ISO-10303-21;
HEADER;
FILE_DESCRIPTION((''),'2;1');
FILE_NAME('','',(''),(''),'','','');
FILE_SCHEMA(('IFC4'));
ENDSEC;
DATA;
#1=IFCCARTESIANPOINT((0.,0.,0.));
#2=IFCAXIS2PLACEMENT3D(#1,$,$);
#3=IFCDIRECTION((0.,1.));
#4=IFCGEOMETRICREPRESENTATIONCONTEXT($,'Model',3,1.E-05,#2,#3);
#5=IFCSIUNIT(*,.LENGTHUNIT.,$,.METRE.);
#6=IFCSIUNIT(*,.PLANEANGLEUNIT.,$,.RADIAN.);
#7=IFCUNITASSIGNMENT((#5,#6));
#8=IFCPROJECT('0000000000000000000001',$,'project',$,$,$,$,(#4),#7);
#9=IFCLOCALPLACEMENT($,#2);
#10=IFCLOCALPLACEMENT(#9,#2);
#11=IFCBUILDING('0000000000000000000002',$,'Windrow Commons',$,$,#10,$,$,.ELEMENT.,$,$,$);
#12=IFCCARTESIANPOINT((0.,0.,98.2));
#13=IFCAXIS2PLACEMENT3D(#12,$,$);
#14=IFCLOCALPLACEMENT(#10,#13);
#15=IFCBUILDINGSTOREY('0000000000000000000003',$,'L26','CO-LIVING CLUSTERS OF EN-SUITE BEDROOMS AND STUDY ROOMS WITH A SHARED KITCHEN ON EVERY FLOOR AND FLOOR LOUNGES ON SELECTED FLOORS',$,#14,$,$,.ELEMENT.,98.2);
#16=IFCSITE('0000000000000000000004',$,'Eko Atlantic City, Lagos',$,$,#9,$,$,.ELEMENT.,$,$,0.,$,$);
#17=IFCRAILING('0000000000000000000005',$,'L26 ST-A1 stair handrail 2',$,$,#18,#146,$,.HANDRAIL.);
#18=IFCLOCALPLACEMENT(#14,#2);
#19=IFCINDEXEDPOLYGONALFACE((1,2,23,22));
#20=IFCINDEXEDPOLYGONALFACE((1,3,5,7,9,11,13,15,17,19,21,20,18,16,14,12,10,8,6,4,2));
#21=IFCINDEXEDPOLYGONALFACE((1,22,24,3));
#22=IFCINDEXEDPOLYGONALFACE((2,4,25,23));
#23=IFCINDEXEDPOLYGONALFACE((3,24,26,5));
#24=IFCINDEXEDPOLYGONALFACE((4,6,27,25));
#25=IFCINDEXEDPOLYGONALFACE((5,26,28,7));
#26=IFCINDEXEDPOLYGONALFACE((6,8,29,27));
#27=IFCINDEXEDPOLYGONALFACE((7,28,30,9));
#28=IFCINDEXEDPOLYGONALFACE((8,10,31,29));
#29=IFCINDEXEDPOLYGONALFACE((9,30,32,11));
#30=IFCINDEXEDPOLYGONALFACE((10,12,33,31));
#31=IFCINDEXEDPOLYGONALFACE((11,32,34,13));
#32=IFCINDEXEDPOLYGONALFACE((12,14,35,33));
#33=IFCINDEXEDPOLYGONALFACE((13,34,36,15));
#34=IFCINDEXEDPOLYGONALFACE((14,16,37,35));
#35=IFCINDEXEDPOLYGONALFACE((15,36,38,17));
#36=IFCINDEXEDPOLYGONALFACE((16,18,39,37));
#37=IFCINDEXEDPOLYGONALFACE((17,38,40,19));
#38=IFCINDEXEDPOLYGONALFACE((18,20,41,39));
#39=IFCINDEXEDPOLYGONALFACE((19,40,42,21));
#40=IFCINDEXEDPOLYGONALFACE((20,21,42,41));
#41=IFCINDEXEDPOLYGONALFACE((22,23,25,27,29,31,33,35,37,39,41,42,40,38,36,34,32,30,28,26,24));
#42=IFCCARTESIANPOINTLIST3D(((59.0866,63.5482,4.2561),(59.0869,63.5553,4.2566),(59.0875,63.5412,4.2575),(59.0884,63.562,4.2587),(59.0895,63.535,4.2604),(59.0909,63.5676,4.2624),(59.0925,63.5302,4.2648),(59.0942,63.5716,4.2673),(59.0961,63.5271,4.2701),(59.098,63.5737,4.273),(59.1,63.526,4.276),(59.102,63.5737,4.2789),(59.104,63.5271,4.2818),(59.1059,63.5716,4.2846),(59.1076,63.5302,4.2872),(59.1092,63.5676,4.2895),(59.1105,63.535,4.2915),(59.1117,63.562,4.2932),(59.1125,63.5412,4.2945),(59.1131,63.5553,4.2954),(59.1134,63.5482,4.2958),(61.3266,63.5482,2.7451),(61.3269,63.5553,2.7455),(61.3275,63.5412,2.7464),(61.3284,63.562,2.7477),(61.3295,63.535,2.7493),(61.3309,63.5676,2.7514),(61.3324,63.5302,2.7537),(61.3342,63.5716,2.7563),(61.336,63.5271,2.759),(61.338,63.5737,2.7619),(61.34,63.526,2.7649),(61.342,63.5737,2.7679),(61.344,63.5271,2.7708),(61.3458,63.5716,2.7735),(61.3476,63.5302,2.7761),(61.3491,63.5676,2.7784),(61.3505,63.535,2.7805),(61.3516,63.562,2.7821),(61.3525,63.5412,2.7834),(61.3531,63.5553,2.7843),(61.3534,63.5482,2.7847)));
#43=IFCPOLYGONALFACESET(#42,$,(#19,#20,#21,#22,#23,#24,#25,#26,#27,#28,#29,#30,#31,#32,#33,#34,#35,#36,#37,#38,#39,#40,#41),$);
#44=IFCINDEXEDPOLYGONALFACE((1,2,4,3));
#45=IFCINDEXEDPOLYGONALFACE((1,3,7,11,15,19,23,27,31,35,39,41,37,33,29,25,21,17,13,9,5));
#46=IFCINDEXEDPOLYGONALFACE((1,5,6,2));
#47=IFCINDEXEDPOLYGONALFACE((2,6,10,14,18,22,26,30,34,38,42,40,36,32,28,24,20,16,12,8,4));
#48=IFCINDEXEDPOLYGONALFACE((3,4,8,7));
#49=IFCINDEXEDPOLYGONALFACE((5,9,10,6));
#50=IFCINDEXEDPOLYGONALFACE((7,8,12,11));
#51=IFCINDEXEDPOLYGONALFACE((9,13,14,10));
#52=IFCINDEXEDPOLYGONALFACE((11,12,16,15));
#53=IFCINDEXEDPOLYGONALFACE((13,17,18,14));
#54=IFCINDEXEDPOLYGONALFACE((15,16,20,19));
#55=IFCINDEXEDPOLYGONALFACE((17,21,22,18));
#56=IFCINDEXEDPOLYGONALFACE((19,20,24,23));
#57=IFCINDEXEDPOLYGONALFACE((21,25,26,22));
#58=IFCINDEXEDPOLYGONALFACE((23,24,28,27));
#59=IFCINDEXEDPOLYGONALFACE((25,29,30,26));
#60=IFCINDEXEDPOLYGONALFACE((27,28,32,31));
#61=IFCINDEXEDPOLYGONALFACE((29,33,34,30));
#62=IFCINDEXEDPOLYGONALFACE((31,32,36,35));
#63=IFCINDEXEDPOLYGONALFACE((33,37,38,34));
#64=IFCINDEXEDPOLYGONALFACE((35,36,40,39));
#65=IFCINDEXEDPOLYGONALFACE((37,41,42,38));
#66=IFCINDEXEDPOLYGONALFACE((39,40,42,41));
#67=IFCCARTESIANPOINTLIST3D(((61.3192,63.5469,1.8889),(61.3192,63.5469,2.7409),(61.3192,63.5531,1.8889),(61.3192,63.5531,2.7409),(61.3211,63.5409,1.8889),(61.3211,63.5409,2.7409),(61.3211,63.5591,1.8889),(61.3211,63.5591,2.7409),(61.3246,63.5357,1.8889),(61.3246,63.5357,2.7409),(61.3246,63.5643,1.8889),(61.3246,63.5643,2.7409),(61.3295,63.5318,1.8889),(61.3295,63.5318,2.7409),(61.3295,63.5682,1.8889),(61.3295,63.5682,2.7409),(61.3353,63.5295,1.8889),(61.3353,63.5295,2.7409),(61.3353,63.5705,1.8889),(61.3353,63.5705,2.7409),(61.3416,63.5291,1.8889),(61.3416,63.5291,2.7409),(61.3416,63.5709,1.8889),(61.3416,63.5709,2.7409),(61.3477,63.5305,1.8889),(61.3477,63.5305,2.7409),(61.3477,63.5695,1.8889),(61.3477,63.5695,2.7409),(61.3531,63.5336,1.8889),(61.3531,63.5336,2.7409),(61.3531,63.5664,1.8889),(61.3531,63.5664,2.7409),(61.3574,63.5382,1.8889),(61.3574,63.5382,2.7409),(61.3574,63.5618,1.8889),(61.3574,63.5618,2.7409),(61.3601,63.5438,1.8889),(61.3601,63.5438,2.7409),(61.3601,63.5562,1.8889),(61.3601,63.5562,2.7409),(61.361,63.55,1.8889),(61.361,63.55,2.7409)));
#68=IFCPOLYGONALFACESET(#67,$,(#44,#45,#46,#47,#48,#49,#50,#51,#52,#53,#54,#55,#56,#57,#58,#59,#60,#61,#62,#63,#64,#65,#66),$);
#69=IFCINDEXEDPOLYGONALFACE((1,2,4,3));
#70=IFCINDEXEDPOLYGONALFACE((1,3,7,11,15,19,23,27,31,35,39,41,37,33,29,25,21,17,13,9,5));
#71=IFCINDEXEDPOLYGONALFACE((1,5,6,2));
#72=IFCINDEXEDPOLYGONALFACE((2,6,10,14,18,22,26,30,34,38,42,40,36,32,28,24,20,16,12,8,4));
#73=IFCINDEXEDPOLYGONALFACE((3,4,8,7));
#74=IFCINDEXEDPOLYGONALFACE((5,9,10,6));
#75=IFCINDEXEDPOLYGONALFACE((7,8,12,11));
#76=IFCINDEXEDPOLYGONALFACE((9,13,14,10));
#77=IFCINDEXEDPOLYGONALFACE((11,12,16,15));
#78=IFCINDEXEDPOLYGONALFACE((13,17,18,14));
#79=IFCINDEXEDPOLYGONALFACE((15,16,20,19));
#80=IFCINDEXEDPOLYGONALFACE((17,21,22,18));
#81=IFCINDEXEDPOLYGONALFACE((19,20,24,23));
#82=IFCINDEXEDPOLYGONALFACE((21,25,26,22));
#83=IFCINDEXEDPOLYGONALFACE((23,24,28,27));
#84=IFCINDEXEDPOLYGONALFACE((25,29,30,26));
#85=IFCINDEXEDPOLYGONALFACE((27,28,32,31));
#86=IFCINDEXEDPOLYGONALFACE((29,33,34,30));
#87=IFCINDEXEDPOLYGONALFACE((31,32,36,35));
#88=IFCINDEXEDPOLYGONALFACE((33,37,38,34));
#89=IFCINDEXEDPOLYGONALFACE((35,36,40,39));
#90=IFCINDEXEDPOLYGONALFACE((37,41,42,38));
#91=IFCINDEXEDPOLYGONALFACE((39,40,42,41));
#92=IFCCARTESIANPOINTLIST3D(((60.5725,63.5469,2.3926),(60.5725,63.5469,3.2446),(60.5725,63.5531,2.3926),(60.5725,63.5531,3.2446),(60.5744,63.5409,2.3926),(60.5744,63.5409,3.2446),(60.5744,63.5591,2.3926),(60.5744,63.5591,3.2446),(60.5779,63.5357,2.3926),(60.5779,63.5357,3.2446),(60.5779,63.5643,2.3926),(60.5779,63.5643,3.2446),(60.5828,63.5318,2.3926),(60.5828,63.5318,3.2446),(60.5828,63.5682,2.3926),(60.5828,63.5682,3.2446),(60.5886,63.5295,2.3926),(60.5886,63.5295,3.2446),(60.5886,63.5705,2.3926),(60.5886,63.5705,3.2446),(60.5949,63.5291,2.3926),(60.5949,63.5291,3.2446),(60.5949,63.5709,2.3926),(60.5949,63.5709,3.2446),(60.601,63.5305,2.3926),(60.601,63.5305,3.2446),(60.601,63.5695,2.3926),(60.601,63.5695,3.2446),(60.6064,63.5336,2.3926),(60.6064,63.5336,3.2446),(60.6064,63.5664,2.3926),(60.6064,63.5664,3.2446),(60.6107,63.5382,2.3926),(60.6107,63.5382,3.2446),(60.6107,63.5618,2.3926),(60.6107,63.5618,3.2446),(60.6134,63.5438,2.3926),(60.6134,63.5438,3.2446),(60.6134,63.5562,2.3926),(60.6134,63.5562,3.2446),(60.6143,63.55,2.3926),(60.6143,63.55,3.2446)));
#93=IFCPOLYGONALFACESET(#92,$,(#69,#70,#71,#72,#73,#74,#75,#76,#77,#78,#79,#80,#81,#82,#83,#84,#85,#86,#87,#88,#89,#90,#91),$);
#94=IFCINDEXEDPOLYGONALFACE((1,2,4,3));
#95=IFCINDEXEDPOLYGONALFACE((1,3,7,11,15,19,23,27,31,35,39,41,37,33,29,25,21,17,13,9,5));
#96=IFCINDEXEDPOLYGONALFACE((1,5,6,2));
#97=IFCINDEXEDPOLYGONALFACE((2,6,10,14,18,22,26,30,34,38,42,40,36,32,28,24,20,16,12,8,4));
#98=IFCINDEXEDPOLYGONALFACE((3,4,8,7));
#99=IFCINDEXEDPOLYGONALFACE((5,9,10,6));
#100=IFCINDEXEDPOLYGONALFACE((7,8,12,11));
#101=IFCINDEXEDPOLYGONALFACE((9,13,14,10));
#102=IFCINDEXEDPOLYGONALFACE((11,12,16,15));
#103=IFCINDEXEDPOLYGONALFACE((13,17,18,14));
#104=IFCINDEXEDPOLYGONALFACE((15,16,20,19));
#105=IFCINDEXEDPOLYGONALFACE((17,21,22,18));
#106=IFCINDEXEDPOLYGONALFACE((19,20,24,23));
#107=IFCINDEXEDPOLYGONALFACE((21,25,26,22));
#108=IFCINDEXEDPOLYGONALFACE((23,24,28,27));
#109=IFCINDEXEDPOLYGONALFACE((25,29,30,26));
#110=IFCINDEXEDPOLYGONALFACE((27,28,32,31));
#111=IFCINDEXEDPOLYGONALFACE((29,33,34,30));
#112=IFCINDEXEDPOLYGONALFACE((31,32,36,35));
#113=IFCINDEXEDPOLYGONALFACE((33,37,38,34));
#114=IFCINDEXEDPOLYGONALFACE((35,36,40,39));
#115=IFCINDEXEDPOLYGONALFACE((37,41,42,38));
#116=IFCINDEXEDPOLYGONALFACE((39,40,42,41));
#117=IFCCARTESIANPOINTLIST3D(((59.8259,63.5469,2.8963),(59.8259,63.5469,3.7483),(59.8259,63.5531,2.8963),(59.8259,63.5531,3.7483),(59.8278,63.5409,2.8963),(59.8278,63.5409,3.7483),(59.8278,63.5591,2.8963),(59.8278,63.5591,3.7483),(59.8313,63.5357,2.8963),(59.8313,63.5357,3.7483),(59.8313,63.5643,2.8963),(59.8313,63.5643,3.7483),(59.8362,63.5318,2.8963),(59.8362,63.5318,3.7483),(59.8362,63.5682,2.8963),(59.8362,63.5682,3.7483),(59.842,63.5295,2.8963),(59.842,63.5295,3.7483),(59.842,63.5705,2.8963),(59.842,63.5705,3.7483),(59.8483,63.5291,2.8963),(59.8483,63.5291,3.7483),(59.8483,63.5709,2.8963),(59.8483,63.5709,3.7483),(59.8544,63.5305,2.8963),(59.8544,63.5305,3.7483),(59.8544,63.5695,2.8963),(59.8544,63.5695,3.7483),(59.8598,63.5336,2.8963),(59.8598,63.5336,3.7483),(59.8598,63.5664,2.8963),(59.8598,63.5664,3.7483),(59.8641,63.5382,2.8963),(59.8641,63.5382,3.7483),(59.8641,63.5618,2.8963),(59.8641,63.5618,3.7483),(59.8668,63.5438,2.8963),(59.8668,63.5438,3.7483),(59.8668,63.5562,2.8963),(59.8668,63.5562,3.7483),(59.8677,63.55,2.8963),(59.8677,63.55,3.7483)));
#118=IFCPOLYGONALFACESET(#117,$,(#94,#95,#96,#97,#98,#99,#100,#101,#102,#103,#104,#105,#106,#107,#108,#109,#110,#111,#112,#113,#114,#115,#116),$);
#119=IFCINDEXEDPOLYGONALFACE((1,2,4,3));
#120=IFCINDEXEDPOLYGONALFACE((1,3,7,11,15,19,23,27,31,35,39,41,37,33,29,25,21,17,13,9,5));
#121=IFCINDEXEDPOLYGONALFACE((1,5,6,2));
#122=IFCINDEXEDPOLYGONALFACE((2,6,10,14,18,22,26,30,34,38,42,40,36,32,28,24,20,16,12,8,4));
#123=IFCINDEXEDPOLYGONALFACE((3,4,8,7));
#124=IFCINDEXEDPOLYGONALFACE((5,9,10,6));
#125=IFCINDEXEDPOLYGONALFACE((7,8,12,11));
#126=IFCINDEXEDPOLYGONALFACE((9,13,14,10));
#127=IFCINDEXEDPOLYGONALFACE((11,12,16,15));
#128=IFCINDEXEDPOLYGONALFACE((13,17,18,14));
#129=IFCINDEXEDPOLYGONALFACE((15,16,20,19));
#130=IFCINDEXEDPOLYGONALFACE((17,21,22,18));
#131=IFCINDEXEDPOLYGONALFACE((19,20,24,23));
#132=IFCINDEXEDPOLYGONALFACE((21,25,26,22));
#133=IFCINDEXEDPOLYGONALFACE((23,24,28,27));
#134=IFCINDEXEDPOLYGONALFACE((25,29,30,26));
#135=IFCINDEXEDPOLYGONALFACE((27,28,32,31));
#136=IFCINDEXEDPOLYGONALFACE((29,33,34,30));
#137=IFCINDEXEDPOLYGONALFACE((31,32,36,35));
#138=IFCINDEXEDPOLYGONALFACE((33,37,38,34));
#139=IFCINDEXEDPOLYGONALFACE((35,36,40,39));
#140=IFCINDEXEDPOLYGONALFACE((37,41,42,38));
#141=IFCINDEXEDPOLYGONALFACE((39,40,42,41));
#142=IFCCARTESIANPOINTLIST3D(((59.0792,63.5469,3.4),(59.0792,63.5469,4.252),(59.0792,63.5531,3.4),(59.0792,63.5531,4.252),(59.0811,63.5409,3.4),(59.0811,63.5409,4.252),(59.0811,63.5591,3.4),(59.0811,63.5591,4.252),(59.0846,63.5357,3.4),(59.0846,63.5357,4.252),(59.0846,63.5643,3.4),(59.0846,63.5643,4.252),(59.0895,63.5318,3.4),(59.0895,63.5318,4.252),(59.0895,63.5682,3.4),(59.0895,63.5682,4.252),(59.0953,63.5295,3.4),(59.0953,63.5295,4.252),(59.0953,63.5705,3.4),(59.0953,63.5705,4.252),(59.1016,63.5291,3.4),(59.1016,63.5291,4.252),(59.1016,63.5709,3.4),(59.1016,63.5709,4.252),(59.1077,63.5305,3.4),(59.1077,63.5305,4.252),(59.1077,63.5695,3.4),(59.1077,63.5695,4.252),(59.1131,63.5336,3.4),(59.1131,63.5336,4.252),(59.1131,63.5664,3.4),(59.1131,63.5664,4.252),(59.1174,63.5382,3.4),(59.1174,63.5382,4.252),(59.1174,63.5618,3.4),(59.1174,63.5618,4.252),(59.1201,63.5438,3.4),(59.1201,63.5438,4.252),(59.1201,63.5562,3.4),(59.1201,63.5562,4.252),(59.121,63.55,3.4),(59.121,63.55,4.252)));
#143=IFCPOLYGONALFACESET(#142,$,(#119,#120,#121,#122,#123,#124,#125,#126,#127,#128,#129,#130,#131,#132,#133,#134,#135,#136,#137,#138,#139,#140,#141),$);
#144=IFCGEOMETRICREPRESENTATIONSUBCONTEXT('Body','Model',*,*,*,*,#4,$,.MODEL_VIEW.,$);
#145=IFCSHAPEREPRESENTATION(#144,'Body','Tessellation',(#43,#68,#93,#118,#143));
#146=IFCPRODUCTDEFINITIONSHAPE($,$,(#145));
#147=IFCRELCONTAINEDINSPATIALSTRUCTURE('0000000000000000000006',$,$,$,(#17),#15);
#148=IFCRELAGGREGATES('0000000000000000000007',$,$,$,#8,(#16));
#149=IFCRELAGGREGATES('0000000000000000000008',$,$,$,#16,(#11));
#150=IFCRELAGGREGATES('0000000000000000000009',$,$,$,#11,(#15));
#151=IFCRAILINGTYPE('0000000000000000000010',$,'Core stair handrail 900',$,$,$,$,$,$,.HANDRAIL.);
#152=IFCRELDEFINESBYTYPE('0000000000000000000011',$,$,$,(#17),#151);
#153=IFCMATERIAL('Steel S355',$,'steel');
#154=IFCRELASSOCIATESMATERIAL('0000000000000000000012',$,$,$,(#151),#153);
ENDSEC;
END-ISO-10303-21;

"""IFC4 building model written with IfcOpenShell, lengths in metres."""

from ifc_helpers import new_model, si_unit, direction, frame, origin, origin_2d, place, context, subcontext, project, spatial, circle, extrude, material, type_object, element, save


model = new_model("IFC4")

# Units and contexts
model_context = context("Model", 3, precision=1e-05, world=origin(), true_north=direction((0.0, 1.0)))
body_context = subcontext(model_context, "Body", "Model", "MODEL_VIEW")
ifc_project = project(units=[si_unit("LENGTHUNIT", "METRE"), si_unit("PLANEANGLEUNIT", "RADIAN")], contexts=[model_context])

# Site, building, storey
site_placement = place(None, origin())
site = spatial("IfcSite", under=ifc_project, at=site_placement, Name="Eko Atlantic City, Lagos", CompositionType="ELEMENT", RefElevation=0.0)
building_placement = place(site_placement, origin())
building = spatial("IfcBuilding", under=site, at=building_placement, Name="Windrow Commons", CompositionType="ELEMENT")
storey_placement = place(building_placement, frame((0.0, 0.0, 98.2)))
storey = spatial("IfcBuildingStorey", under=building, at=storey_placement, Name="L26", Description="CO-LIVING CLUSTERS OF EN-SUITE BEDROOMS AND STUDY ROOMS WITH A SHARED KITCHEN ON EVERY FLOOR AND FLOOR LOUNGES ON SELECTED FLOORS", CompositionType="ELEMENT", Elevation=98.2)

# Railing
ifc_material_1 = material(Name="Steel S355", Category="steel")
railing_type_1 = type_object("IfcRailingType", Name="Core stair handrail 900", PredefinedType="HANDRAIL", material=ifc_material_1)
railing_placement = place(storey_placement, frame((61.34, 63.55, 1.8889)))
element("IfcRailing", 1, at=railing_placement, inside=storey, type_object=railing_type_1, Name="L26 ST-A1 stair handrail 2", PredefinedType="HANDRAIL", context=body_context, shape_type="SweptSolid", body=[
    extrude(circle(Radius=0.024, at=origin_2d()), frame((0.0, 0.0, 0.876), z_axis=(-0.829003, 0.0, 0.559244), x_axis=(0.0, -1.0, 0.0)), (0.0, 0.0, 1.0), 2.702),
    extrude(circle(Radius=0.021, at=origin_2d()), origin(), (0.0, 0.0, 1.0), 0.852),
    extrude(circle(Radius=0.021, at=origin_2d()), frame((-0.7467, 0.0, 0.5037)), (0.0, 0.0, 1.0), 0.852),
    extrude(circle(Radius=0.021, at=origin_2d()), frame((-1.4933, 0.0, 1.0074)), (0.0, 0.0, 1.0), 0.852),
    extrude(circle(Radius=0.021, at=origin_2d()), frame((-2.24, 0.0, 1.5111)), (0.0, 0.0, 1.0), 0.852),
])

save(model, "model.ifc")
